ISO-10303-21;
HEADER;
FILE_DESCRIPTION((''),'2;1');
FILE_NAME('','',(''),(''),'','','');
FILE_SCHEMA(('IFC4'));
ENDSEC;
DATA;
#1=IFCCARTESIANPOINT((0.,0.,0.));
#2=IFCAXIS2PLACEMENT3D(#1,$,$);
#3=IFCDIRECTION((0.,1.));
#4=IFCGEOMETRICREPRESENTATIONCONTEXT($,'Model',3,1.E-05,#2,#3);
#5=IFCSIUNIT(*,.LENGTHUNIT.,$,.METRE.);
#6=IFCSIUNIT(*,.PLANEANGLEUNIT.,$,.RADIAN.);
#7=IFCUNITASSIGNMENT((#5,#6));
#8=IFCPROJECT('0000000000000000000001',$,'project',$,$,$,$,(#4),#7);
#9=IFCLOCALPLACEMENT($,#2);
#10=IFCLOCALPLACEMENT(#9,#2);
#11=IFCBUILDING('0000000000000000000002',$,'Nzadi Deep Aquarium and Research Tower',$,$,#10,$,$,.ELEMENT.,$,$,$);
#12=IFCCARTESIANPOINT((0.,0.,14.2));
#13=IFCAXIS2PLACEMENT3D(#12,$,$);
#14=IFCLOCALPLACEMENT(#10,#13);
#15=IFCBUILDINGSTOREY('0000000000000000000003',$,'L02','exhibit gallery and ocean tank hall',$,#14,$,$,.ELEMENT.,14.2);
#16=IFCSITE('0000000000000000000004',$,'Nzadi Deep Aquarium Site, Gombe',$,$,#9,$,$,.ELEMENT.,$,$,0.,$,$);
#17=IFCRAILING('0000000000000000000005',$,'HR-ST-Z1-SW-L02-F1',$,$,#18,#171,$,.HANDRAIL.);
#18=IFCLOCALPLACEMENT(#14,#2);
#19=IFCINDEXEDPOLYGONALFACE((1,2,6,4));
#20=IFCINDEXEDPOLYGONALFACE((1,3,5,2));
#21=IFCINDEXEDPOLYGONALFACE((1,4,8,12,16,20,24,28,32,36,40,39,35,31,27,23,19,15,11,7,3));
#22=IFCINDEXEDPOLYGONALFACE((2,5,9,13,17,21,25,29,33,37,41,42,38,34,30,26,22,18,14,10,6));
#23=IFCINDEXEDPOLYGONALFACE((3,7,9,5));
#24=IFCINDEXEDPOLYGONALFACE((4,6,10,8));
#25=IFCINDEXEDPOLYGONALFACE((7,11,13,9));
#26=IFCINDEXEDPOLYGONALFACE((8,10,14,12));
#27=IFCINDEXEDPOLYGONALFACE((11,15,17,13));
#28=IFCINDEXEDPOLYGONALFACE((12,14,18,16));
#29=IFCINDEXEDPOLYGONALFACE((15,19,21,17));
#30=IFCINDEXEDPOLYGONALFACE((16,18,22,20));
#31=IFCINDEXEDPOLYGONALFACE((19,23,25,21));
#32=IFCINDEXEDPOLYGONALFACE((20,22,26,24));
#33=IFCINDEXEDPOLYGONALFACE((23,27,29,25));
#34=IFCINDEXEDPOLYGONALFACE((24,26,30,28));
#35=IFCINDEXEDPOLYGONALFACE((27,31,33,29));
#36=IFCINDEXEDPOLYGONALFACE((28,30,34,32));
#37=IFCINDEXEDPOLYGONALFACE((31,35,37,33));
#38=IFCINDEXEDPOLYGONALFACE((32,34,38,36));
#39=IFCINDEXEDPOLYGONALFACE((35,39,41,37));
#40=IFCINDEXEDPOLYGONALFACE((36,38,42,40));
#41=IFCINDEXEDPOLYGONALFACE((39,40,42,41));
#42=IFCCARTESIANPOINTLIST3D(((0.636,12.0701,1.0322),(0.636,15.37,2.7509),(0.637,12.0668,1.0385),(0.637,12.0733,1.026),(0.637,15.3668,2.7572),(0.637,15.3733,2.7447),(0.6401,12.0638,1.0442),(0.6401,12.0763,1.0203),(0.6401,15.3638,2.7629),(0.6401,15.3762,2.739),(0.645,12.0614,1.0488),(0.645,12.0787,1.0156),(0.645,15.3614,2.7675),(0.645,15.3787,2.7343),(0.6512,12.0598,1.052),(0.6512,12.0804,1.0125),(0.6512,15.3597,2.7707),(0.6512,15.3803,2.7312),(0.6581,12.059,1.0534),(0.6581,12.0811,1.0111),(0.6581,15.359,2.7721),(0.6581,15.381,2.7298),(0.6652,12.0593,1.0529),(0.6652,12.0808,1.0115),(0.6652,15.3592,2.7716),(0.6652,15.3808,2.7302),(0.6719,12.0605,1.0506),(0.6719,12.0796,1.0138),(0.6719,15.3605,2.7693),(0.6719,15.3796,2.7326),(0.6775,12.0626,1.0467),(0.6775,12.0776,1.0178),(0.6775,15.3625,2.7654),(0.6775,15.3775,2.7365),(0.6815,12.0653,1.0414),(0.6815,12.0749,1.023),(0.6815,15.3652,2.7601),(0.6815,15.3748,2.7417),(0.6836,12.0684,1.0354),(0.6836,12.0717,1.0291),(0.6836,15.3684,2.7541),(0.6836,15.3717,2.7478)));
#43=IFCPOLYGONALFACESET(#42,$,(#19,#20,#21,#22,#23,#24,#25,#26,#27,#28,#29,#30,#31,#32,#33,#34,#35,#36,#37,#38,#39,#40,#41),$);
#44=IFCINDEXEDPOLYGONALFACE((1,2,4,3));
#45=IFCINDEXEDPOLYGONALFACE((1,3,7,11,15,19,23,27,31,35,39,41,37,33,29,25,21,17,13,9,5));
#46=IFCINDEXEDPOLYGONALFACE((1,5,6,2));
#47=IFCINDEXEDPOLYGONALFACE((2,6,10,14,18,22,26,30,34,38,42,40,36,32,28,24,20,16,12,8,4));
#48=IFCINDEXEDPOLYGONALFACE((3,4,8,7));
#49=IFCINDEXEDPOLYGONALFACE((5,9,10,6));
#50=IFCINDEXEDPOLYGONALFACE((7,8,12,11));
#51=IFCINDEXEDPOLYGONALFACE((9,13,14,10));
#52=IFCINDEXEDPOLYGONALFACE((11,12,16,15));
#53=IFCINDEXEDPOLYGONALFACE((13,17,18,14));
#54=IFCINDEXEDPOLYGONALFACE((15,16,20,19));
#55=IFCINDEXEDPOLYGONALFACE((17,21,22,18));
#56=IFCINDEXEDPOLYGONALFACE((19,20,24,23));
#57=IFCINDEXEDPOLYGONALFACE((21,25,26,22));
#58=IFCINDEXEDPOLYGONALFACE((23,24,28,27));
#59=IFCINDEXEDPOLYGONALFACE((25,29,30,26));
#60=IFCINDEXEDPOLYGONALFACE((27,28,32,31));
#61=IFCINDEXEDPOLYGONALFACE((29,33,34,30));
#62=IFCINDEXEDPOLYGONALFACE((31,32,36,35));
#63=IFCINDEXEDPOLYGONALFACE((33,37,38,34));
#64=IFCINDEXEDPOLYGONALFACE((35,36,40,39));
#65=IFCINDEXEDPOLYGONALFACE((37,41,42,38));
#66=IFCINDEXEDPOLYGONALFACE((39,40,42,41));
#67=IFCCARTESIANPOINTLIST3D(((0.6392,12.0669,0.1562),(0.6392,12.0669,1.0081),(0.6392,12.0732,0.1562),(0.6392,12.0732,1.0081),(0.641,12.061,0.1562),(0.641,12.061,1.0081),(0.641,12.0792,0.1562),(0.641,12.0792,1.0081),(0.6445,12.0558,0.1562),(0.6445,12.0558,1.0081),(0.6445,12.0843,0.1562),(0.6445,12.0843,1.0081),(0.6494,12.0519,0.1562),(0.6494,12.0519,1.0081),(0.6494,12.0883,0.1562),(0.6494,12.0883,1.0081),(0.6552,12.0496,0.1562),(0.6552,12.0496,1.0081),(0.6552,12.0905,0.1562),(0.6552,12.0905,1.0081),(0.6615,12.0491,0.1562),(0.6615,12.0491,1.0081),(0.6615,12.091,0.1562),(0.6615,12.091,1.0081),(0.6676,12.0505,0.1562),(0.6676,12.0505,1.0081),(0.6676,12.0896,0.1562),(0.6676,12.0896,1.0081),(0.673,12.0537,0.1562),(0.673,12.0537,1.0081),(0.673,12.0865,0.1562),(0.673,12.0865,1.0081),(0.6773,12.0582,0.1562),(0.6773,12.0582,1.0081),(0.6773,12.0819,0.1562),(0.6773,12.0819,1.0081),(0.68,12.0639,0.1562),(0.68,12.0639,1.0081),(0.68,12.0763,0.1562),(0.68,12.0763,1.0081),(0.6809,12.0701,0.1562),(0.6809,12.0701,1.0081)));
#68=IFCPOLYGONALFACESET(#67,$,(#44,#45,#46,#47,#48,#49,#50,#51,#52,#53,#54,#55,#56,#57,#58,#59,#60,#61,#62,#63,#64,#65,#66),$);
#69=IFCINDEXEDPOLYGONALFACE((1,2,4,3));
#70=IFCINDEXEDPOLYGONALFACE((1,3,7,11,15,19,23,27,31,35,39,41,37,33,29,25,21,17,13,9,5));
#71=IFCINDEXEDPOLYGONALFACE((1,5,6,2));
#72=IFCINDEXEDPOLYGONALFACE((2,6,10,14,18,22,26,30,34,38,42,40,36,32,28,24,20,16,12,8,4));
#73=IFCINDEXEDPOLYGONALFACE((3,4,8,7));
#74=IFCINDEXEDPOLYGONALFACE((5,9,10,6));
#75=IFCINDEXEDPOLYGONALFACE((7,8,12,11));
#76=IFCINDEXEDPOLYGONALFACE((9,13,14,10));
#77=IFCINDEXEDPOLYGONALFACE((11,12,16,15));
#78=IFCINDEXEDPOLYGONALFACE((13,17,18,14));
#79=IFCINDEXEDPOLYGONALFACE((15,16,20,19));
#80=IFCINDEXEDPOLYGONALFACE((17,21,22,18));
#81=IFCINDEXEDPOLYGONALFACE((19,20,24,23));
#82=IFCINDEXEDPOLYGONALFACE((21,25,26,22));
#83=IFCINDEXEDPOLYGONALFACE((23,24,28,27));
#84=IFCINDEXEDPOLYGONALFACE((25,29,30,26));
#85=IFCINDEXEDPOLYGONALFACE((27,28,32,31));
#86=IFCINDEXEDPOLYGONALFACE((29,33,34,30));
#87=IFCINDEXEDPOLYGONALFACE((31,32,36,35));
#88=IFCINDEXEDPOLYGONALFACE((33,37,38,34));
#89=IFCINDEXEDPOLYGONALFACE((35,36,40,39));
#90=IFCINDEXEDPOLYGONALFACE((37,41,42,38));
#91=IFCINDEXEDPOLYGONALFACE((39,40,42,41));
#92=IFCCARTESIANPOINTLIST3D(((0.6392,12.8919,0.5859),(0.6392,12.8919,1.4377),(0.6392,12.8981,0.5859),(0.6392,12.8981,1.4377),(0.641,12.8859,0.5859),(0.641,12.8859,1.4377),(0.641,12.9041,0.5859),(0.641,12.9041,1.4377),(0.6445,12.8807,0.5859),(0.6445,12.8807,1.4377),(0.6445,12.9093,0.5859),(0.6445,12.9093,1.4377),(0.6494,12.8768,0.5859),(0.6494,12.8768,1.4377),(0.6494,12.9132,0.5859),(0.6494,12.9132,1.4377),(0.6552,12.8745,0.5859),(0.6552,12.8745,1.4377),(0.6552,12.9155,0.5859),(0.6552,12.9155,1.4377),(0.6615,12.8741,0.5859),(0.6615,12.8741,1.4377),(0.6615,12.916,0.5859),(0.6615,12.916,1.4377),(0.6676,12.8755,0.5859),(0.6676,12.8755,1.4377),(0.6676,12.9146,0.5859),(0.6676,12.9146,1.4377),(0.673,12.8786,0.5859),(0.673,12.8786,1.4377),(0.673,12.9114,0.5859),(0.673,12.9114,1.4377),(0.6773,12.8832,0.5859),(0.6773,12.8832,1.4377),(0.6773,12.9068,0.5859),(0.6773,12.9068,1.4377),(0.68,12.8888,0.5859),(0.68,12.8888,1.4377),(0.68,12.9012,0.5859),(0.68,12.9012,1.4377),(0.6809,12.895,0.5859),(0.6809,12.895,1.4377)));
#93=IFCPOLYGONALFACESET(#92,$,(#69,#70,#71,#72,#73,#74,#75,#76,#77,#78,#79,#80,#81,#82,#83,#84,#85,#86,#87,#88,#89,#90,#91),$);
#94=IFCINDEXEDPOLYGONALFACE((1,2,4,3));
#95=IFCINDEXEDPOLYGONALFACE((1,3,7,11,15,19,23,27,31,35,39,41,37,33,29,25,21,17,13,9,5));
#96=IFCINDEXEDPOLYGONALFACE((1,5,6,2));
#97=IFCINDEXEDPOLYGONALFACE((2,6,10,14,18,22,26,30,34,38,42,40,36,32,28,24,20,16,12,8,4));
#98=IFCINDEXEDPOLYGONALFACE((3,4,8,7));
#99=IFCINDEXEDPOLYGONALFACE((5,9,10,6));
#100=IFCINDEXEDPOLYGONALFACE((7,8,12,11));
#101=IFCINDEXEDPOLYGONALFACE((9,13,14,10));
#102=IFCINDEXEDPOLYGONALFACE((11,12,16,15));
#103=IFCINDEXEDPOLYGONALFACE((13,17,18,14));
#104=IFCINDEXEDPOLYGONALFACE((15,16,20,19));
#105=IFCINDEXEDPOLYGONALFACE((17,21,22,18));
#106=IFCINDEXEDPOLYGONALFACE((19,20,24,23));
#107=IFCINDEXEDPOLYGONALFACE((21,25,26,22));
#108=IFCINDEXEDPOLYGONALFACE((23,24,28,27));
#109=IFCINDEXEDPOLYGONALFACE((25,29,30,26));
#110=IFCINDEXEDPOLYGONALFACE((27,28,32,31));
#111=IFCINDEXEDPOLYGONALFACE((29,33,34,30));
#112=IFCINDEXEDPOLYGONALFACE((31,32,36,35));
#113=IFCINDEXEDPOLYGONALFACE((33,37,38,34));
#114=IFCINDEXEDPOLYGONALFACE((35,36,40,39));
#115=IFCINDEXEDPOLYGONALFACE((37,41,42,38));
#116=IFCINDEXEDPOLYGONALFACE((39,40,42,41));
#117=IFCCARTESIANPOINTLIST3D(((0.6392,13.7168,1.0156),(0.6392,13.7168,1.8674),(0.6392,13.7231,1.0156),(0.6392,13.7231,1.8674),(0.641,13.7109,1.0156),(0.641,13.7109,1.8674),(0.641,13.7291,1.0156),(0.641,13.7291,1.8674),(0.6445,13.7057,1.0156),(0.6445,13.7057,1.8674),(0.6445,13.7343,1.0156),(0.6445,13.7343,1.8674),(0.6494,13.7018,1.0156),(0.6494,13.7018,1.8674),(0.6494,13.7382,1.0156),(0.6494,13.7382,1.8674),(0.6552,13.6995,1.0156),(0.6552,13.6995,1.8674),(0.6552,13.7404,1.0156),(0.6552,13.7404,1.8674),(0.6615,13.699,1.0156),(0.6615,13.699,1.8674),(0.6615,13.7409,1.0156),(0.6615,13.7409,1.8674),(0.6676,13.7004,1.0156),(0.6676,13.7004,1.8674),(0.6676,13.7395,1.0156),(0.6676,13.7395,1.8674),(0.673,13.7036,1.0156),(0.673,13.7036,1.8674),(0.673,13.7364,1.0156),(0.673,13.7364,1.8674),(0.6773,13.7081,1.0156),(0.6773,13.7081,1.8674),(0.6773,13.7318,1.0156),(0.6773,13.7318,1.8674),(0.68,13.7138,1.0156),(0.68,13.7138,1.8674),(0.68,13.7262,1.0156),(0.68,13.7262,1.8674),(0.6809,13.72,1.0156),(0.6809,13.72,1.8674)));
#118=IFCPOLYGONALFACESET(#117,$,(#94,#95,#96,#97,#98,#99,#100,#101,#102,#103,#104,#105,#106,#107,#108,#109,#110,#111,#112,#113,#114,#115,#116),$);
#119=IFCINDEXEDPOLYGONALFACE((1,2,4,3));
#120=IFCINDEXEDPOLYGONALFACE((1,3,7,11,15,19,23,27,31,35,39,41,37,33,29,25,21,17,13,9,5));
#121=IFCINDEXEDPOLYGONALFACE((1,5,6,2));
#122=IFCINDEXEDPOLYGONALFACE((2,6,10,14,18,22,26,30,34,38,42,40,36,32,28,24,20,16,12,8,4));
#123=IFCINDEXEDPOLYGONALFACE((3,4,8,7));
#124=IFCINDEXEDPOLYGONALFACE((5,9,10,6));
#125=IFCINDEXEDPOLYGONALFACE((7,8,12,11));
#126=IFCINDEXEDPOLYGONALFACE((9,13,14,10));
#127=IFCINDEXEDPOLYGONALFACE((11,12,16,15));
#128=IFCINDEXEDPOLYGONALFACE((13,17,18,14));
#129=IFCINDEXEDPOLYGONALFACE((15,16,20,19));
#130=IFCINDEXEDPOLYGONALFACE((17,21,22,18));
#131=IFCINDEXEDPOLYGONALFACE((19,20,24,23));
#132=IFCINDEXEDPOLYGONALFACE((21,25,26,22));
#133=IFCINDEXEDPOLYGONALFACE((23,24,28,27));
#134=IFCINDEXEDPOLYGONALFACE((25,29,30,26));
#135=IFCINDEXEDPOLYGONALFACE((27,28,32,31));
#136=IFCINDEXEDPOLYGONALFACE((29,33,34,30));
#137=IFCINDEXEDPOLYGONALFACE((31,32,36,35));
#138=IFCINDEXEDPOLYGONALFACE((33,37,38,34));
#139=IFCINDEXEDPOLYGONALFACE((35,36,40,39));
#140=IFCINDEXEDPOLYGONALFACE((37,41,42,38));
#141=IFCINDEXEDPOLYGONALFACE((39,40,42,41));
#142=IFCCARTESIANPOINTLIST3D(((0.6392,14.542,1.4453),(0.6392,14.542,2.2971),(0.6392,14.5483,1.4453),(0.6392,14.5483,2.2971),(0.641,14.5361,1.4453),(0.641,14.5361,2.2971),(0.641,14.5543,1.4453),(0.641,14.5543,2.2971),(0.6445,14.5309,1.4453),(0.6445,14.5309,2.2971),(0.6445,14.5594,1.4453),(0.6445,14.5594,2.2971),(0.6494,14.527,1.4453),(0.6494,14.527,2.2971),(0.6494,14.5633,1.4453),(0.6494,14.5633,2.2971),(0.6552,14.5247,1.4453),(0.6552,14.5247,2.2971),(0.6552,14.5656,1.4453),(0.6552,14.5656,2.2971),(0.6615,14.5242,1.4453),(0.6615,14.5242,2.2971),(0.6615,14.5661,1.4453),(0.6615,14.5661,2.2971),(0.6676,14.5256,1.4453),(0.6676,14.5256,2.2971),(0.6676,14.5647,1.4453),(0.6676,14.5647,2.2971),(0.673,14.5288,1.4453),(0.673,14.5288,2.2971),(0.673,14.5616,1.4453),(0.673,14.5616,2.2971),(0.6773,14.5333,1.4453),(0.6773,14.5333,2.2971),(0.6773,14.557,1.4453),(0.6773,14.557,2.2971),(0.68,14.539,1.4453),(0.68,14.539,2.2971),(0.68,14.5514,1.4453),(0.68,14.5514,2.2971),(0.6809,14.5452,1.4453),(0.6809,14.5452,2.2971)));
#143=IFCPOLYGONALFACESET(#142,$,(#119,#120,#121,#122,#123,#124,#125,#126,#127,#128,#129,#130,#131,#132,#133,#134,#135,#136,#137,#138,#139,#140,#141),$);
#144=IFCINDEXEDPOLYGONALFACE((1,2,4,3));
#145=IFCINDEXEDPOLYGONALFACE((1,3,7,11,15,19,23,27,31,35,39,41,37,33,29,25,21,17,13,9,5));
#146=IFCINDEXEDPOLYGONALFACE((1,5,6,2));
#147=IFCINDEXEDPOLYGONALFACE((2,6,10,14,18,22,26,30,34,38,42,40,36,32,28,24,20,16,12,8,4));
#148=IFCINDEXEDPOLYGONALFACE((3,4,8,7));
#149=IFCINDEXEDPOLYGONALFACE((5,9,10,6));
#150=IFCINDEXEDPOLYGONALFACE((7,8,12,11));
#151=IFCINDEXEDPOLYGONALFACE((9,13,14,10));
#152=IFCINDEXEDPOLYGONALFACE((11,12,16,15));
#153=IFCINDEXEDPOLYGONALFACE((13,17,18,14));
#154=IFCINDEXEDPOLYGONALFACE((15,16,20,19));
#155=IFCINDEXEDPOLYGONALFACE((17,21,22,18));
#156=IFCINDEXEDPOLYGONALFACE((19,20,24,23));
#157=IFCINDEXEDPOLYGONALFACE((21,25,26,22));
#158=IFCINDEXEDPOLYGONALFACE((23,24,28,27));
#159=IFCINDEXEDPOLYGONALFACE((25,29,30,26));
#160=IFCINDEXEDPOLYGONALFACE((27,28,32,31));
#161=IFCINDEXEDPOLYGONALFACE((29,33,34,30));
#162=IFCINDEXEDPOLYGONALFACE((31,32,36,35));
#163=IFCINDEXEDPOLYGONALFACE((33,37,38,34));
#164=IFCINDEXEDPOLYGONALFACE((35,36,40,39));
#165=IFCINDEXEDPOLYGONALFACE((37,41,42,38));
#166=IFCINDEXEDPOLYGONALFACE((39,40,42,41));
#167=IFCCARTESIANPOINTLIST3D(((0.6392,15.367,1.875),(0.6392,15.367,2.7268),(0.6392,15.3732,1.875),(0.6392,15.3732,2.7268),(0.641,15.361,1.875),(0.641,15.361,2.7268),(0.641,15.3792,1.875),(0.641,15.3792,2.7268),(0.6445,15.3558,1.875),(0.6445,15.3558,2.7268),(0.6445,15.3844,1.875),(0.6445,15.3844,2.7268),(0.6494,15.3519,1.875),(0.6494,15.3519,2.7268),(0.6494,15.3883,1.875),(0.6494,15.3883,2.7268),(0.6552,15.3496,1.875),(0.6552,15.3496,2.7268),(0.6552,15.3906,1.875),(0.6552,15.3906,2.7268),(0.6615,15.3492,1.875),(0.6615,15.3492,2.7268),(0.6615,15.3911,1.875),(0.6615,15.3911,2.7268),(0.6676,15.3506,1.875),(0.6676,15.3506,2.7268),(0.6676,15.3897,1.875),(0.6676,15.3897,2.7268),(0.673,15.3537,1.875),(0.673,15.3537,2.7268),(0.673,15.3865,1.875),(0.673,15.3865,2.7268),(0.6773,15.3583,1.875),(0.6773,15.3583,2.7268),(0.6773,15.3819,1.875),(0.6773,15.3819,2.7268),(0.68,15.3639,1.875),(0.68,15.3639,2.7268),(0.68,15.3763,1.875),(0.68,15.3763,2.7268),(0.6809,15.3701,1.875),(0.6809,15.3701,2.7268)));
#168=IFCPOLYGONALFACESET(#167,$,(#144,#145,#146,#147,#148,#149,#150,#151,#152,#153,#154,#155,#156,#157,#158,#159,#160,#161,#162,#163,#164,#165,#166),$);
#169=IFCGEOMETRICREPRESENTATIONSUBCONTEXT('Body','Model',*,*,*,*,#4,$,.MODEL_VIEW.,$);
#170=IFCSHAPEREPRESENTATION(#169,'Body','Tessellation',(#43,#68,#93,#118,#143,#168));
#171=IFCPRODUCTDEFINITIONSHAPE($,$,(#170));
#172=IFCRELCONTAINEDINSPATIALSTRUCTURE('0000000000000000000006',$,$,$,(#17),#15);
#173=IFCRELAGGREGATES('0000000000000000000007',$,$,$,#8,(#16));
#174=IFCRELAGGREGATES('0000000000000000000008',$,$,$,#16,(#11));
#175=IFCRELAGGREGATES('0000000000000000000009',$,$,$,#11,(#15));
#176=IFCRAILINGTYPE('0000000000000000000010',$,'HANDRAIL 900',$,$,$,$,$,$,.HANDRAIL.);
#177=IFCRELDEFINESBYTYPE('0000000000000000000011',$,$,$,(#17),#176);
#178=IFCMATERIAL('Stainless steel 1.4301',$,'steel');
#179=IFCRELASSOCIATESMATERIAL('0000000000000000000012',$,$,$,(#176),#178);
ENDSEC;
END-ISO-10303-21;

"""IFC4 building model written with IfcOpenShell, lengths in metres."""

from ifc_helpers import new_model, si_unit, direction, frame, origin, origin_2d, place, context, subcontext, project, spatial, circle, extrude, material, type_object, element, save


model = new_model("IFC4")

# Units and contexts
model_context = context("Model", 3, precision=1e-05, world=origin(), true_north=direction((0.0, 1.0)))
body_context = subcontext(model_context, "Body", "Model", "MODEL_VIEW")
ifc_project = project(units=[si_unit("LENGTHUNIT", "METRE"), si_unit("PLANEANGLEUNIT", "RADIAN")], contexts=[model_context])

# Site, building, storey
site_placement = place(None, origin())
site = spatial("IfcSite", under=ifc_project, at=site_placement, Name="Nzadi Deep Aquarium Site, Gombe", CompositionType="ELEMENT", RefElevation=0.0)
building_placement = place(site_placement, origin())
building = spatial("IfcBuilding", under=site, at=building_placement, Name="Nzadi Deep Aquarium and Research Tower", CompositionType="ELEMENT")
storey_placement = place(building_placement, frame((0.0, 0.0, 14.2)))
storey = spatial("IfcBuildingStorey", under=building, at=storey_placement, Name="L02", Description="exhibit gallery and ocean tank hall", CompositionType="ELEMENT", Elevation=14.2)

# Railing
ifc_material_1 = material(Name="Stainless steel 1.4301", Category="steel")
railing_type = type_object("IfcRailingType", Name="HANDRAIL 900", PredefinedType="HANDRAIL", material=ifc_material_1)
for number, where, name in (
    (1, (0.6599, 12.0701, 0.1562), "HR-ST-Z1-SW-L02-F1"),
):
    element("IfcRailing", number, at=place(storey_placement, frame(where)), inside=storey, type_object=railing_type, Name=name, PredefinedType="HANDRAIL", context=body_context, shape_type="SweptSolid", body=[
        extrude(circle(Radius=0.0239, at=origin_2d()), frame((0.0, 0.0, 0.876), z_axis=(0.0, 0.886917, 0.461929), x_axis=(-1.0, 0.0, 0.0)), (0.0, 0.0, 1.0), 3.7207),
        extrude(circle(Radius=0.021, at=origin_2d()), origin(), (0.0, 0.0, 1.0), 0.8518),
        extrude(circle(Radius=0.021, at=origin_2d()), frame((0.0, 0.825, 0.4297)), (0.0, 0.0, 1.0), 0.8518),
        extrude(circle(Radius=0.021, at=origin_2d()), frame((0.0, 1.6499, 0.8594)), (0.0, 0.0, 1.0), 0.8518),
        extrude(circle(Radius=0.021, at=origin_2d()), frame((0.0, 2.4751, 1.2891)), (0.0, 0.0, 1.0), 0.8518),
        extrude(circle(Radius=0.021, at=origin_2d()), frame((0.0, 3.3, 1.7188)), (0.0, 0.0, 1.0), 0.8518),
    ])

save(model, "model.ifc")
